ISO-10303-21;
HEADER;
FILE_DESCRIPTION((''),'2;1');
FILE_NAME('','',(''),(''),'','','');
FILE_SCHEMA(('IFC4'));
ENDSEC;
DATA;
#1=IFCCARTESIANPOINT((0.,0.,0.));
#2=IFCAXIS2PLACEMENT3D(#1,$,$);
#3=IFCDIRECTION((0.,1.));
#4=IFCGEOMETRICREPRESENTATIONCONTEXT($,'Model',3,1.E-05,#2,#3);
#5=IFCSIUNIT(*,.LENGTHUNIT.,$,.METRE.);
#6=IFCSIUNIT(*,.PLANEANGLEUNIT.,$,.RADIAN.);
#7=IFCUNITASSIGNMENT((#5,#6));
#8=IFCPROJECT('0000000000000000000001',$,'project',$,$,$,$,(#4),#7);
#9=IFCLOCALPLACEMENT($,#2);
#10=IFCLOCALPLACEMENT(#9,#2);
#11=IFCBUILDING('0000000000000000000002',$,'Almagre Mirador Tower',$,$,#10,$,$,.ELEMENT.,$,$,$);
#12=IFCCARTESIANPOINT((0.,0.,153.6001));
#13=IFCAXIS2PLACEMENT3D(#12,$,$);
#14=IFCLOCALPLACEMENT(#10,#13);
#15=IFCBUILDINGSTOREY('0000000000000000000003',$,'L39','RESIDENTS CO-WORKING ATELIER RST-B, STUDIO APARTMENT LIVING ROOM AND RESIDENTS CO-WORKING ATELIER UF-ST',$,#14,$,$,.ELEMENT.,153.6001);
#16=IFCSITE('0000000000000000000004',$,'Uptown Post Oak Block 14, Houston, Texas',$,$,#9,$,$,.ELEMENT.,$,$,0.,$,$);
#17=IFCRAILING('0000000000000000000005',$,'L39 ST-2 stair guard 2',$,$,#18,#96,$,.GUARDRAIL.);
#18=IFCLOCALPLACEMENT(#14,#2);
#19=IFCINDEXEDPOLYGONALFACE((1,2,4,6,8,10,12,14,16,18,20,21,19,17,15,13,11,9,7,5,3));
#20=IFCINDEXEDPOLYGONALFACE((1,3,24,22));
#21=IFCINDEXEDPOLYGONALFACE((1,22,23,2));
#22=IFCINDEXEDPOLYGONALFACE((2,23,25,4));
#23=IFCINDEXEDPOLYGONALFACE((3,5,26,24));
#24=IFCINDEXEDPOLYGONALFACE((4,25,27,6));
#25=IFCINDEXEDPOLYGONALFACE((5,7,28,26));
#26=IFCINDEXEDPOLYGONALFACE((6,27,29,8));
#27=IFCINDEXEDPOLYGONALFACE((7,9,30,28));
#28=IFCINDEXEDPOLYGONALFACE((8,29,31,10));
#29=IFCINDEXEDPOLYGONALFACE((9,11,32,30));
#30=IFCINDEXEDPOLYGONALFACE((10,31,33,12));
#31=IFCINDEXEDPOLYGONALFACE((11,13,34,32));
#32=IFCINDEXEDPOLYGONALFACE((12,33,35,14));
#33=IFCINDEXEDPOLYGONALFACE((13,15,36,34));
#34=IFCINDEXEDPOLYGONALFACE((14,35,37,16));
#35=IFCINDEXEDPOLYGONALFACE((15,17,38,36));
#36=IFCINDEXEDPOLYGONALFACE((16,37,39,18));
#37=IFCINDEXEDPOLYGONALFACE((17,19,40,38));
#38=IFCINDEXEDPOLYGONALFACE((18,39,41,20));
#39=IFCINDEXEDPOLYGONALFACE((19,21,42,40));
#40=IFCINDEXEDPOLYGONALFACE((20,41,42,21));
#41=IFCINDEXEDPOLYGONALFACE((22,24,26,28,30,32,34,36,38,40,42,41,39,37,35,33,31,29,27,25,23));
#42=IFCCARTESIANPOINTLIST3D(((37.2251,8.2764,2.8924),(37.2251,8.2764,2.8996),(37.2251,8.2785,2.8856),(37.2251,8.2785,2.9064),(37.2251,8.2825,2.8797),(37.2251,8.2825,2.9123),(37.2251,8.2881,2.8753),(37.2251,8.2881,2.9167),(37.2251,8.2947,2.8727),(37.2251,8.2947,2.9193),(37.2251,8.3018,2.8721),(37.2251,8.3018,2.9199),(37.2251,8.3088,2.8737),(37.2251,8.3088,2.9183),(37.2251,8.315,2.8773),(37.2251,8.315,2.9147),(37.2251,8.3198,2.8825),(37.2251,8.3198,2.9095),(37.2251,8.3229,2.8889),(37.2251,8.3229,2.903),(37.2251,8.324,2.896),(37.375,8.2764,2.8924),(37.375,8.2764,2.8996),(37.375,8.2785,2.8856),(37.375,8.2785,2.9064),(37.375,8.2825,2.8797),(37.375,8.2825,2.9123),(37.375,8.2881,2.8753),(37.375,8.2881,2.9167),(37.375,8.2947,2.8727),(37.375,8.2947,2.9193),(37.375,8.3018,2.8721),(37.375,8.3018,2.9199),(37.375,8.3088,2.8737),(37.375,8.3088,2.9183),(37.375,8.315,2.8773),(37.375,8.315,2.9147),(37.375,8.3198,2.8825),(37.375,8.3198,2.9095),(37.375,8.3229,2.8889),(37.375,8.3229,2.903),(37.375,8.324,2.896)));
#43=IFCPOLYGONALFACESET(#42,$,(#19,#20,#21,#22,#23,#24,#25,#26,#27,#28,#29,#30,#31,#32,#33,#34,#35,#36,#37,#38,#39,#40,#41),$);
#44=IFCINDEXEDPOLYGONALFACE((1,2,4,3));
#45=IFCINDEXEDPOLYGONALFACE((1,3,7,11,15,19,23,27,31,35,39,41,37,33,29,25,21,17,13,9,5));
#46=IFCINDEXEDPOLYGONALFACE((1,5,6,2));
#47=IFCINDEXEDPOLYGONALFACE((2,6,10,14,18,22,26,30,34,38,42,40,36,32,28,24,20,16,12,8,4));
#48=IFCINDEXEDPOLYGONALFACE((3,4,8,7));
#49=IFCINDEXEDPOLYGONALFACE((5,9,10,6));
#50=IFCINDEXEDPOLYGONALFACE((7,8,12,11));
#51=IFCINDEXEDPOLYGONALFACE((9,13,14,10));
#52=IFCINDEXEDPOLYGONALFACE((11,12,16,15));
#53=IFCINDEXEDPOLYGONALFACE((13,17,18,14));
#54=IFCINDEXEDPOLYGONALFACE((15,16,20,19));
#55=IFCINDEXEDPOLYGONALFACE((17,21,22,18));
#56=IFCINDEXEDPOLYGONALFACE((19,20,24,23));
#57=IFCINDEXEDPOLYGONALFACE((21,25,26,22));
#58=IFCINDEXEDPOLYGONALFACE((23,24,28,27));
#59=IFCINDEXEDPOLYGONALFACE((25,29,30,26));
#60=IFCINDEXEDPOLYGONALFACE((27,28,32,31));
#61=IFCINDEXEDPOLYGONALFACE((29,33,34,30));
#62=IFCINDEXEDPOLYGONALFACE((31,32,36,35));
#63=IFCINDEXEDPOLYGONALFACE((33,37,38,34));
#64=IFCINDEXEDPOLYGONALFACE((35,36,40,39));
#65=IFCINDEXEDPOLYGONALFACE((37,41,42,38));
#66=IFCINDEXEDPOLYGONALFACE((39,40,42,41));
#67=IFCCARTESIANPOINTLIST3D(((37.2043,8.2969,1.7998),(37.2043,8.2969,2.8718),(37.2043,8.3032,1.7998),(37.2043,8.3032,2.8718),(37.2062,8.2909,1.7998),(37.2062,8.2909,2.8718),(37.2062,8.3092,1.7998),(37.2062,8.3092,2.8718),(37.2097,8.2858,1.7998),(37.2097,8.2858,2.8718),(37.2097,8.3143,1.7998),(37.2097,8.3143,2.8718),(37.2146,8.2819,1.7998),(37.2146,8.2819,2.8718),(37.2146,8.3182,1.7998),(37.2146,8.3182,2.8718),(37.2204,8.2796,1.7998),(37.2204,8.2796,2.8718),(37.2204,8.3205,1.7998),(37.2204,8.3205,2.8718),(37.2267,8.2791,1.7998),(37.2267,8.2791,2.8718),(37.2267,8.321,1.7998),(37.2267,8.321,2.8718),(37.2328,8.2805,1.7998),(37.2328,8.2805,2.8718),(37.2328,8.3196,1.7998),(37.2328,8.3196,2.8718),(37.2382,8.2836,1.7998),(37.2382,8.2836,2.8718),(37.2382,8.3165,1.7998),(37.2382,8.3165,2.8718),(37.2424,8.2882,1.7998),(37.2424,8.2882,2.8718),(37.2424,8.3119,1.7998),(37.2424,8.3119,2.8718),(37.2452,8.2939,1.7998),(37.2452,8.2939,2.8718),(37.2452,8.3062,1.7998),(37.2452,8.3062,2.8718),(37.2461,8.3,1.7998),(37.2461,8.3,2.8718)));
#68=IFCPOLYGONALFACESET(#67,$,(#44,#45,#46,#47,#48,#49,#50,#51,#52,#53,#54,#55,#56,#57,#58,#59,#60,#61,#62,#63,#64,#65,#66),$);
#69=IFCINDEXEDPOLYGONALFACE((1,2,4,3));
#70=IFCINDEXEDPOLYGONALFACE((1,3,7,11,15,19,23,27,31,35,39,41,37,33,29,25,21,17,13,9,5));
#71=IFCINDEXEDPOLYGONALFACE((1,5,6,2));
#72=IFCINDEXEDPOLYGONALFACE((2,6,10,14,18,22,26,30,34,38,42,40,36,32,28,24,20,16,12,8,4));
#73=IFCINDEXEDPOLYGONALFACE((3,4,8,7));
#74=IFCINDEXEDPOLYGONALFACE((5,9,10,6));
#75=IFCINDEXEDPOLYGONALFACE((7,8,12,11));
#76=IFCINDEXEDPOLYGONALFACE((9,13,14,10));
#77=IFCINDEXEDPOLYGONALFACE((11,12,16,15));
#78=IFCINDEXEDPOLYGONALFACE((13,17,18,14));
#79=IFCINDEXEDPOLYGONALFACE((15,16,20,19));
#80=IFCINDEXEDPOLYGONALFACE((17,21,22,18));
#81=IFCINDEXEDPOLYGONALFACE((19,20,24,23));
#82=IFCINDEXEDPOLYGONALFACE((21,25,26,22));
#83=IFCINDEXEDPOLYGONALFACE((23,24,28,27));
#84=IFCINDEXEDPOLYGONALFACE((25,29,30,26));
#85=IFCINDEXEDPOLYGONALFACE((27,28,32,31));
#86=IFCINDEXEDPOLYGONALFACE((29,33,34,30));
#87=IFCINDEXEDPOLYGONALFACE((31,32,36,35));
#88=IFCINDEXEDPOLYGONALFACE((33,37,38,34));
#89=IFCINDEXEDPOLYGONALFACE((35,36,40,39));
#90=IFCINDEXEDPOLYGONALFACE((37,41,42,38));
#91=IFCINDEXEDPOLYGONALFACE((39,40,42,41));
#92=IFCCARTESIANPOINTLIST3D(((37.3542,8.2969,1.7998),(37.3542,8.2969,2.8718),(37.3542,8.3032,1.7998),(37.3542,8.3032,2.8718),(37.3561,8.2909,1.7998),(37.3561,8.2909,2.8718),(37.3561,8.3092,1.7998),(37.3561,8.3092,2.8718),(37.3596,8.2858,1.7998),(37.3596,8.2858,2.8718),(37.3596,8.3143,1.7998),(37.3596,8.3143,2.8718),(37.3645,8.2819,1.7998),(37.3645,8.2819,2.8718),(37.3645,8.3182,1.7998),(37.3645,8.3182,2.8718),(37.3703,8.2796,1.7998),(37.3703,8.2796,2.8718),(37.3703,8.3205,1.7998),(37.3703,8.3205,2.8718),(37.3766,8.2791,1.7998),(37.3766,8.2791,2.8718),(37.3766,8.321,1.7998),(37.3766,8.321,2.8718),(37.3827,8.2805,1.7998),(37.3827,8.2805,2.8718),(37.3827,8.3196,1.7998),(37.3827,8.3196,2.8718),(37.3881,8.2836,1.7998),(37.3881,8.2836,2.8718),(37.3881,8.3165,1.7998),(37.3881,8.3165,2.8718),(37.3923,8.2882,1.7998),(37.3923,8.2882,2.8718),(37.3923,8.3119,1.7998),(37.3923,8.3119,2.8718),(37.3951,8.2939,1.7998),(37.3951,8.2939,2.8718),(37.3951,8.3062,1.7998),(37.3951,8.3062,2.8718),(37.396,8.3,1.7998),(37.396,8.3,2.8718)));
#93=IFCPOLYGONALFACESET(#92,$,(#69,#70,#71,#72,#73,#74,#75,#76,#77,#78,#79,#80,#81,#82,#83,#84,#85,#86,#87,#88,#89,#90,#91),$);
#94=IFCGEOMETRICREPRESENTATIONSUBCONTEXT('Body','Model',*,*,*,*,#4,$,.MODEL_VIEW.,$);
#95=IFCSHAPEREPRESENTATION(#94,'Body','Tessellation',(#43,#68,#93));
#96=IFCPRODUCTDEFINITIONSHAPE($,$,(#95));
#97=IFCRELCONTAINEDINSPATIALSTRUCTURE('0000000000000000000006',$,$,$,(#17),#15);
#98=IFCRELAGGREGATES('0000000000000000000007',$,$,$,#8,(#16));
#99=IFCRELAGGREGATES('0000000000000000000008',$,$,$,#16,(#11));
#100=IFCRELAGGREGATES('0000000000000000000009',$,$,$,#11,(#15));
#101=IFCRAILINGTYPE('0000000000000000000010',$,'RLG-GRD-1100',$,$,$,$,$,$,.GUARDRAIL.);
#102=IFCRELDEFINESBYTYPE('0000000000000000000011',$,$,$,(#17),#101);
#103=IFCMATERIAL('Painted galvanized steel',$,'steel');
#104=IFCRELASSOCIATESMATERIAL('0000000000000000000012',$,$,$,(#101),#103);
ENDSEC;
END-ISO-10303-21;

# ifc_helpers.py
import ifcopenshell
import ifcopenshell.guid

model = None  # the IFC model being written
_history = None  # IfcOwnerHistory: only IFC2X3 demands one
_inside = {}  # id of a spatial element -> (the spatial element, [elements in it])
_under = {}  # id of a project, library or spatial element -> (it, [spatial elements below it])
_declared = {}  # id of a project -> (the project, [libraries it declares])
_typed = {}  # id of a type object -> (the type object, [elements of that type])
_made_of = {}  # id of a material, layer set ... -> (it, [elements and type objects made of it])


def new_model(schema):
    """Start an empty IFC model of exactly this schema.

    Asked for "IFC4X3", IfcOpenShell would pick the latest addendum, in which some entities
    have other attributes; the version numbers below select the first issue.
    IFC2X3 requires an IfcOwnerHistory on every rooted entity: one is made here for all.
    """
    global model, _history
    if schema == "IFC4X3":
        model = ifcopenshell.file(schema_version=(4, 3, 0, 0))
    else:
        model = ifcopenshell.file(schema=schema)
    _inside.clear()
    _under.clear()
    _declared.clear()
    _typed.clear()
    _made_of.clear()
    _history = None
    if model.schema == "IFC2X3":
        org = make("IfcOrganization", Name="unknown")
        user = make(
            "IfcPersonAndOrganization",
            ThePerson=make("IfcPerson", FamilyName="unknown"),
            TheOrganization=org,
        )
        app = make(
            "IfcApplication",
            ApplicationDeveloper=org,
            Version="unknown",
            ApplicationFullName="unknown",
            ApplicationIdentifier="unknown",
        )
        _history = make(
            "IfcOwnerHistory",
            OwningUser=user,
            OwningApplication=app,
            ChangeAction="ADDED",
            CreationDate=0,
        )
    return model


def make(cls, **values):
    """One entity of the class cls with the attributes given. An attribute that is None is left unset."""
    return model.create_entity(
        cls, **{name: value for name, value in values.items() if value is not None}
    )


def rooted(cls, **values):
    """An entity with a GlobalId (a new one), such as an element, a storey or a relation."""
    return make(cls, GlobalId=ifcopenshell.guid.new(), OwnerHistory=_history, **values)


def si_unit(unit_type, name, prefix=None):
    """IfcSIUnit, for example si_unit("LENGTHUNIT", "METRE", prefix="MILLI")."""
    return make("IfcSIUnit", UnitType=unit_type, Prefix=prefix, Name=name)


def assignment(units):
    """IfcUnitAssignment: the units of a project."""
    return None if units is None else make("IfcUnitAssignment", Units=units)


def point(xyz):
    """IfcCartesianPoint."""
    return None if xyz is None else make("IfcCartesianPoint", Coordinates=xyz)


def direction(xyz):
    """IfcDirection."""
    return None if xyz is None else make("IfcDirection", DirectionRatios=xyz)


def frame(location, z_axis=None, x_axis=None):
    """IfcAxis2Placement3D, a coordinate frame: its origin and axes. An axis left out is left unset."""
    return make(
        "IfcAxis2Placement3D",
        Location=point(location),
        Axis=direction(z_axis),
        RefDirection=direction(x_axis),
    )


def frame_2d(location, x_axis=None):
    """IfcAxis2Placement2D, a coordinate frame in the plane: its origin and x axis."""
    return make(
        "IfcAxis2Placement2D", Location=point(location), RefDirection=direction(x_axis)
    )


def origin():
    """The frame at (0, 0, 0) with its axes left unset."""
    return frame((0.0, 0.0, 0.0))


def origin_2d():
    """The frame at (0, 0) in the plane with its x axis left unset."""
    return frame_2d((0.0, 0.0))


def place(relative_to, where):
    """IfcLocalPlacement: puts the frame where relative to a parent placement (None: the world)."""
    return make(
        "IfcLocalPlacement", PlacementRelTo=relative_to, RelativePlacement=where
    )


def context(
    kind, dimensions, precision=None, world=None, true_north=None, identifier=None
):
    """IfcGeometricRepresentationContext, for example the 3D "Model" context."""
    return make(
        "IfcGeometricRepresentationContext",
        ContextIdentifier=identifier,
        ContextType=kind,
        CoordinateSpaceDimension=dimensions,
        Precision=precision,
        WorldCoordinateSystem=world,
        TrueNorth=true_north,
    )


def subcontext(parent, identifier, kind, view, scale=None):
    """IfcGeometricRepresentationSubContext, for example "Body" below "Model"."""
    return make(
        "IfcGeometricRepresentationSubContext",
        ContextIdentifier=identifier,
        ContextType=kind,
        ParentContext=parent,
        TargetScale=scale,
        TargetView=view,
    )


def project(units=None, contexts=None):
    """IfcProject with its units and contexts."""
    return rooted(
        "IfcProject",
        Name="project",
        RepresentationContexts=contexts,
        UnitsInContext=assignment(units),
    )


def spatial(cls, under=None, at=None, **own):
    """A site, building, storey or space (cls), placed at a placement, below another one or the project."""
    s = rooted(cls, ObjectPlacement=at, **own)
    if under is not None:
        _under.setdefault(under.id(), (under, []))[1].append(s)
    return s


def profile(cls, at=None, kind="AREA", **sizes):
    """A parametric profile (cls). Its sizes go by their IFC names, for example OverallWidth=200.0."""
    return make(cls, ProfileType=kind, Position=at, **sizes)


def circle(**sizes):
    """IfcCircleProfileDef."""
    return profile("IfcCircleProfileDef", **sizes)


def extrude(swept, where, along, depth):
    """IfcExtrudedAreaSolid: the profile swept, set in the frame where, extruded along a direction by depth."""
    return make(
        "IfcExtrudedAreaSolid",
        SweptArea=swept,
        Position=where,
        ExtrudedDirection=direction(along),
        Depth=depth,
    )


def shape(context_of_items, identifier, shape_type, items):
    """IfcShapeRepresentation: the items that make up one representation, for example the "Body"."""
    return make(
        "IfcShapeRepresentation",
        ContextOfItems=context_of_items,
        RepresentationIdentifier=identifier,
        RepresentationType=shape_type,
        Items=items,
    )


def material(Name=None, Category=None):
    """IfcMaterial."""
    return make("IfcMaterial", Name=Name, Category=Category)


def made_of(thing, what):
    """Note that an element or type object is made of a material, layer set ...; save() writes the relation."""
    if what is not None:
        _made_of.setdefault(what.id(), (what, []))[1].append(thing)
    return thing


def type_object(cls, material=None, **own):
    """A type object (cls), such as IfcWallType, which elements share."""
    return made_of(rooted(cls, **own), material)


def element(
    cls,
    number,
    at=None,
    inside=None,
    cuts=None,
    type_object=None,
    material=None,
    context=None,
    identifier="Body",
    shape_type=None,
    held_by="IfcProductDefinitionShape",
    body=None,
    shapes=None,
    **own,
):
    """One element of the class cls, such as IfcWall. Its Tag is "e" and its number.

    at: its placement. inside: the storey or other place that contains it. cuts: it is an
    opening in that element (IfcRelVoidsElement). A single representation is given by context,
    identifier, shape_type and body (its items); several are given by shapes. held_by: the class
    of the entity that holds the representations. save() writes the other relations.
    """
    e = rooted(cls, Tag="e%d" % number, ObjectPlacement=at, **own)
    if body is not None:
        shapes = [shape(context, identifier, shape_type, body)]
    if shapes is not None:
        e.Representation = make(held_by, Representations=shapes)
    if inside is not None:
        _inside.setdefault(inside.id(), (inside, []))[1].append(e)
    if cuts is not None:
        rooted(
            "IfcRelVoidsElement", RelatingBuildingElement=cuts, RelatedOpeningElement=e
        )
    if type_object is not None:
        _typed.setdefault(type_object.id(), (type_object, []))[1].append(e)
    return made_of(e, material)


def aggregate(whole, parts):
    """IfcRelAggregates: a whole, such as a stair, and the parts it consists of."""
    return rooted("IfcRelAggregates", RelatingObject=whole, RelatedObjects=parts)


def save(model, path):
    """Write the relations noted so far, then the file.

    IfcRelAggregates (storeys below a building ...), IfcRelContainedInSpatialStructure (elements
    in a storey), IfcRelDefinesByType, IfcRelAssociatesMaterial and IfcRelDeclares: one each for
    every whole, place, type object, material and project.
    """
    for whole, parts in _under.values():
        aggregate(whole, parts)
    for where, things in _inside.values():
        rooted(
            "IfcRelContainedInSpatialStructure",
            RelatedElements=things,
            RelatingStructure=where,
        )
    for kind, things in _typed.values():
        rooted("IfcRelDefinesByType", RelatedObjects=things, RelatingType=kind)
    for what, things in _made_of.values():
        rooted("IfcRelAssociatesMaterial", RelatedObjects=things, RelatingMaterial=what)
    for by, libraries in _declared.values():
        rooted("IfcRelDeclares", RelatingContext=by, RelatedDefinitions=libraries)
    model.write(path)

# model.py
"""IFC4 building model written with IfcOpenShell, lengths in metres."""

from ifc_helpers import new_model, si_unit, direction, frame, origin, origin_2d, place, context, subcontext, project, spatial, circle, extrude, material, type_object, element, save


model = new_model("IFC4")

# Units and contexts
model_context = context("Model", 3, precision=1e-05, world=origin(), true_north=direction((0.0, 1.0)))
body_context = subcontext(model_context, "Body", "Model", "MODEL_VIEW")
ifc_project = project(units=[si_unit("LENGTHUNIT", "METRE"), si_unit("PLANEANGLEUNIT", "RADIAN")], contexts=[model_context])

# Site, building, storey
site_placement = place(None, origin())
site = spatial("IfcSite", under=ifc_project, at=site_placement, Name="Uptown Post Oak Block 14, Houston, Texas", CompositionType="ELEMENT", RefElevation=0.0)
building_placement = place(site_placement, origin())
building = spatial("IfcBuilding", under=site, at=building_placement, Name="Almagre Mirador Tower", CompositionType="ELEMENT")
storey_placement = place(building_placement, frame((0.0, 0.0, 153.6001)))
storey = spatial("IfcBuildingStorey", under=building, at=storey_placement, Name="L39", Description="RESIDENTS CO-WORKING ATELIER RST-B, STUDIO APARTMENT LIVING ROOM AND RESIDENTS CO-WORKING ATELIER UF-ST", CompositionType="ELEMENT", Elevation=153.6001)

# Railing
ifc_material_1 = material(Name="Painted galvanized steel", Category="steel")
railing_type_1 = type_object("IfcRailingType", Name="RLG-GRD-1100", PredefinedType="GUARDRAIL", material=ifc_material_1)
railing_1_placement = place(storey_placement, frame((37.2251, 8.3, 1.7998)))
element("IfcRailing", 1, at=railing_1_placement, inside=storey, type_object=railing_type_1, Name="L39 ST-2 stair guard 2", PredefinedType="GUARDRAIL", context=body_context, shape_type="SweptSolid", body=[
    extrude(circle(Radius=0.0239, at=origin_2d()), frame((0.0, 0.0, 1.0962), z_axis=(1.0, 0.0, 0.0), x_axis=(0.0, 1.0, 0.0)), (0.0, 0.0, 1.0), 0.1499),
    extrude(circle(Radius=0.021, at=origin_2d()), origin(), (0.0, 0.0, 1.0), 1.072),
    extrude(circle(Radius=0.021, at=origin_2d()), frame((0.1499, 0.0, 0.0)), (0.0, 0.0, 1.0), 1.072),
])

save(model, "model.ifc")
